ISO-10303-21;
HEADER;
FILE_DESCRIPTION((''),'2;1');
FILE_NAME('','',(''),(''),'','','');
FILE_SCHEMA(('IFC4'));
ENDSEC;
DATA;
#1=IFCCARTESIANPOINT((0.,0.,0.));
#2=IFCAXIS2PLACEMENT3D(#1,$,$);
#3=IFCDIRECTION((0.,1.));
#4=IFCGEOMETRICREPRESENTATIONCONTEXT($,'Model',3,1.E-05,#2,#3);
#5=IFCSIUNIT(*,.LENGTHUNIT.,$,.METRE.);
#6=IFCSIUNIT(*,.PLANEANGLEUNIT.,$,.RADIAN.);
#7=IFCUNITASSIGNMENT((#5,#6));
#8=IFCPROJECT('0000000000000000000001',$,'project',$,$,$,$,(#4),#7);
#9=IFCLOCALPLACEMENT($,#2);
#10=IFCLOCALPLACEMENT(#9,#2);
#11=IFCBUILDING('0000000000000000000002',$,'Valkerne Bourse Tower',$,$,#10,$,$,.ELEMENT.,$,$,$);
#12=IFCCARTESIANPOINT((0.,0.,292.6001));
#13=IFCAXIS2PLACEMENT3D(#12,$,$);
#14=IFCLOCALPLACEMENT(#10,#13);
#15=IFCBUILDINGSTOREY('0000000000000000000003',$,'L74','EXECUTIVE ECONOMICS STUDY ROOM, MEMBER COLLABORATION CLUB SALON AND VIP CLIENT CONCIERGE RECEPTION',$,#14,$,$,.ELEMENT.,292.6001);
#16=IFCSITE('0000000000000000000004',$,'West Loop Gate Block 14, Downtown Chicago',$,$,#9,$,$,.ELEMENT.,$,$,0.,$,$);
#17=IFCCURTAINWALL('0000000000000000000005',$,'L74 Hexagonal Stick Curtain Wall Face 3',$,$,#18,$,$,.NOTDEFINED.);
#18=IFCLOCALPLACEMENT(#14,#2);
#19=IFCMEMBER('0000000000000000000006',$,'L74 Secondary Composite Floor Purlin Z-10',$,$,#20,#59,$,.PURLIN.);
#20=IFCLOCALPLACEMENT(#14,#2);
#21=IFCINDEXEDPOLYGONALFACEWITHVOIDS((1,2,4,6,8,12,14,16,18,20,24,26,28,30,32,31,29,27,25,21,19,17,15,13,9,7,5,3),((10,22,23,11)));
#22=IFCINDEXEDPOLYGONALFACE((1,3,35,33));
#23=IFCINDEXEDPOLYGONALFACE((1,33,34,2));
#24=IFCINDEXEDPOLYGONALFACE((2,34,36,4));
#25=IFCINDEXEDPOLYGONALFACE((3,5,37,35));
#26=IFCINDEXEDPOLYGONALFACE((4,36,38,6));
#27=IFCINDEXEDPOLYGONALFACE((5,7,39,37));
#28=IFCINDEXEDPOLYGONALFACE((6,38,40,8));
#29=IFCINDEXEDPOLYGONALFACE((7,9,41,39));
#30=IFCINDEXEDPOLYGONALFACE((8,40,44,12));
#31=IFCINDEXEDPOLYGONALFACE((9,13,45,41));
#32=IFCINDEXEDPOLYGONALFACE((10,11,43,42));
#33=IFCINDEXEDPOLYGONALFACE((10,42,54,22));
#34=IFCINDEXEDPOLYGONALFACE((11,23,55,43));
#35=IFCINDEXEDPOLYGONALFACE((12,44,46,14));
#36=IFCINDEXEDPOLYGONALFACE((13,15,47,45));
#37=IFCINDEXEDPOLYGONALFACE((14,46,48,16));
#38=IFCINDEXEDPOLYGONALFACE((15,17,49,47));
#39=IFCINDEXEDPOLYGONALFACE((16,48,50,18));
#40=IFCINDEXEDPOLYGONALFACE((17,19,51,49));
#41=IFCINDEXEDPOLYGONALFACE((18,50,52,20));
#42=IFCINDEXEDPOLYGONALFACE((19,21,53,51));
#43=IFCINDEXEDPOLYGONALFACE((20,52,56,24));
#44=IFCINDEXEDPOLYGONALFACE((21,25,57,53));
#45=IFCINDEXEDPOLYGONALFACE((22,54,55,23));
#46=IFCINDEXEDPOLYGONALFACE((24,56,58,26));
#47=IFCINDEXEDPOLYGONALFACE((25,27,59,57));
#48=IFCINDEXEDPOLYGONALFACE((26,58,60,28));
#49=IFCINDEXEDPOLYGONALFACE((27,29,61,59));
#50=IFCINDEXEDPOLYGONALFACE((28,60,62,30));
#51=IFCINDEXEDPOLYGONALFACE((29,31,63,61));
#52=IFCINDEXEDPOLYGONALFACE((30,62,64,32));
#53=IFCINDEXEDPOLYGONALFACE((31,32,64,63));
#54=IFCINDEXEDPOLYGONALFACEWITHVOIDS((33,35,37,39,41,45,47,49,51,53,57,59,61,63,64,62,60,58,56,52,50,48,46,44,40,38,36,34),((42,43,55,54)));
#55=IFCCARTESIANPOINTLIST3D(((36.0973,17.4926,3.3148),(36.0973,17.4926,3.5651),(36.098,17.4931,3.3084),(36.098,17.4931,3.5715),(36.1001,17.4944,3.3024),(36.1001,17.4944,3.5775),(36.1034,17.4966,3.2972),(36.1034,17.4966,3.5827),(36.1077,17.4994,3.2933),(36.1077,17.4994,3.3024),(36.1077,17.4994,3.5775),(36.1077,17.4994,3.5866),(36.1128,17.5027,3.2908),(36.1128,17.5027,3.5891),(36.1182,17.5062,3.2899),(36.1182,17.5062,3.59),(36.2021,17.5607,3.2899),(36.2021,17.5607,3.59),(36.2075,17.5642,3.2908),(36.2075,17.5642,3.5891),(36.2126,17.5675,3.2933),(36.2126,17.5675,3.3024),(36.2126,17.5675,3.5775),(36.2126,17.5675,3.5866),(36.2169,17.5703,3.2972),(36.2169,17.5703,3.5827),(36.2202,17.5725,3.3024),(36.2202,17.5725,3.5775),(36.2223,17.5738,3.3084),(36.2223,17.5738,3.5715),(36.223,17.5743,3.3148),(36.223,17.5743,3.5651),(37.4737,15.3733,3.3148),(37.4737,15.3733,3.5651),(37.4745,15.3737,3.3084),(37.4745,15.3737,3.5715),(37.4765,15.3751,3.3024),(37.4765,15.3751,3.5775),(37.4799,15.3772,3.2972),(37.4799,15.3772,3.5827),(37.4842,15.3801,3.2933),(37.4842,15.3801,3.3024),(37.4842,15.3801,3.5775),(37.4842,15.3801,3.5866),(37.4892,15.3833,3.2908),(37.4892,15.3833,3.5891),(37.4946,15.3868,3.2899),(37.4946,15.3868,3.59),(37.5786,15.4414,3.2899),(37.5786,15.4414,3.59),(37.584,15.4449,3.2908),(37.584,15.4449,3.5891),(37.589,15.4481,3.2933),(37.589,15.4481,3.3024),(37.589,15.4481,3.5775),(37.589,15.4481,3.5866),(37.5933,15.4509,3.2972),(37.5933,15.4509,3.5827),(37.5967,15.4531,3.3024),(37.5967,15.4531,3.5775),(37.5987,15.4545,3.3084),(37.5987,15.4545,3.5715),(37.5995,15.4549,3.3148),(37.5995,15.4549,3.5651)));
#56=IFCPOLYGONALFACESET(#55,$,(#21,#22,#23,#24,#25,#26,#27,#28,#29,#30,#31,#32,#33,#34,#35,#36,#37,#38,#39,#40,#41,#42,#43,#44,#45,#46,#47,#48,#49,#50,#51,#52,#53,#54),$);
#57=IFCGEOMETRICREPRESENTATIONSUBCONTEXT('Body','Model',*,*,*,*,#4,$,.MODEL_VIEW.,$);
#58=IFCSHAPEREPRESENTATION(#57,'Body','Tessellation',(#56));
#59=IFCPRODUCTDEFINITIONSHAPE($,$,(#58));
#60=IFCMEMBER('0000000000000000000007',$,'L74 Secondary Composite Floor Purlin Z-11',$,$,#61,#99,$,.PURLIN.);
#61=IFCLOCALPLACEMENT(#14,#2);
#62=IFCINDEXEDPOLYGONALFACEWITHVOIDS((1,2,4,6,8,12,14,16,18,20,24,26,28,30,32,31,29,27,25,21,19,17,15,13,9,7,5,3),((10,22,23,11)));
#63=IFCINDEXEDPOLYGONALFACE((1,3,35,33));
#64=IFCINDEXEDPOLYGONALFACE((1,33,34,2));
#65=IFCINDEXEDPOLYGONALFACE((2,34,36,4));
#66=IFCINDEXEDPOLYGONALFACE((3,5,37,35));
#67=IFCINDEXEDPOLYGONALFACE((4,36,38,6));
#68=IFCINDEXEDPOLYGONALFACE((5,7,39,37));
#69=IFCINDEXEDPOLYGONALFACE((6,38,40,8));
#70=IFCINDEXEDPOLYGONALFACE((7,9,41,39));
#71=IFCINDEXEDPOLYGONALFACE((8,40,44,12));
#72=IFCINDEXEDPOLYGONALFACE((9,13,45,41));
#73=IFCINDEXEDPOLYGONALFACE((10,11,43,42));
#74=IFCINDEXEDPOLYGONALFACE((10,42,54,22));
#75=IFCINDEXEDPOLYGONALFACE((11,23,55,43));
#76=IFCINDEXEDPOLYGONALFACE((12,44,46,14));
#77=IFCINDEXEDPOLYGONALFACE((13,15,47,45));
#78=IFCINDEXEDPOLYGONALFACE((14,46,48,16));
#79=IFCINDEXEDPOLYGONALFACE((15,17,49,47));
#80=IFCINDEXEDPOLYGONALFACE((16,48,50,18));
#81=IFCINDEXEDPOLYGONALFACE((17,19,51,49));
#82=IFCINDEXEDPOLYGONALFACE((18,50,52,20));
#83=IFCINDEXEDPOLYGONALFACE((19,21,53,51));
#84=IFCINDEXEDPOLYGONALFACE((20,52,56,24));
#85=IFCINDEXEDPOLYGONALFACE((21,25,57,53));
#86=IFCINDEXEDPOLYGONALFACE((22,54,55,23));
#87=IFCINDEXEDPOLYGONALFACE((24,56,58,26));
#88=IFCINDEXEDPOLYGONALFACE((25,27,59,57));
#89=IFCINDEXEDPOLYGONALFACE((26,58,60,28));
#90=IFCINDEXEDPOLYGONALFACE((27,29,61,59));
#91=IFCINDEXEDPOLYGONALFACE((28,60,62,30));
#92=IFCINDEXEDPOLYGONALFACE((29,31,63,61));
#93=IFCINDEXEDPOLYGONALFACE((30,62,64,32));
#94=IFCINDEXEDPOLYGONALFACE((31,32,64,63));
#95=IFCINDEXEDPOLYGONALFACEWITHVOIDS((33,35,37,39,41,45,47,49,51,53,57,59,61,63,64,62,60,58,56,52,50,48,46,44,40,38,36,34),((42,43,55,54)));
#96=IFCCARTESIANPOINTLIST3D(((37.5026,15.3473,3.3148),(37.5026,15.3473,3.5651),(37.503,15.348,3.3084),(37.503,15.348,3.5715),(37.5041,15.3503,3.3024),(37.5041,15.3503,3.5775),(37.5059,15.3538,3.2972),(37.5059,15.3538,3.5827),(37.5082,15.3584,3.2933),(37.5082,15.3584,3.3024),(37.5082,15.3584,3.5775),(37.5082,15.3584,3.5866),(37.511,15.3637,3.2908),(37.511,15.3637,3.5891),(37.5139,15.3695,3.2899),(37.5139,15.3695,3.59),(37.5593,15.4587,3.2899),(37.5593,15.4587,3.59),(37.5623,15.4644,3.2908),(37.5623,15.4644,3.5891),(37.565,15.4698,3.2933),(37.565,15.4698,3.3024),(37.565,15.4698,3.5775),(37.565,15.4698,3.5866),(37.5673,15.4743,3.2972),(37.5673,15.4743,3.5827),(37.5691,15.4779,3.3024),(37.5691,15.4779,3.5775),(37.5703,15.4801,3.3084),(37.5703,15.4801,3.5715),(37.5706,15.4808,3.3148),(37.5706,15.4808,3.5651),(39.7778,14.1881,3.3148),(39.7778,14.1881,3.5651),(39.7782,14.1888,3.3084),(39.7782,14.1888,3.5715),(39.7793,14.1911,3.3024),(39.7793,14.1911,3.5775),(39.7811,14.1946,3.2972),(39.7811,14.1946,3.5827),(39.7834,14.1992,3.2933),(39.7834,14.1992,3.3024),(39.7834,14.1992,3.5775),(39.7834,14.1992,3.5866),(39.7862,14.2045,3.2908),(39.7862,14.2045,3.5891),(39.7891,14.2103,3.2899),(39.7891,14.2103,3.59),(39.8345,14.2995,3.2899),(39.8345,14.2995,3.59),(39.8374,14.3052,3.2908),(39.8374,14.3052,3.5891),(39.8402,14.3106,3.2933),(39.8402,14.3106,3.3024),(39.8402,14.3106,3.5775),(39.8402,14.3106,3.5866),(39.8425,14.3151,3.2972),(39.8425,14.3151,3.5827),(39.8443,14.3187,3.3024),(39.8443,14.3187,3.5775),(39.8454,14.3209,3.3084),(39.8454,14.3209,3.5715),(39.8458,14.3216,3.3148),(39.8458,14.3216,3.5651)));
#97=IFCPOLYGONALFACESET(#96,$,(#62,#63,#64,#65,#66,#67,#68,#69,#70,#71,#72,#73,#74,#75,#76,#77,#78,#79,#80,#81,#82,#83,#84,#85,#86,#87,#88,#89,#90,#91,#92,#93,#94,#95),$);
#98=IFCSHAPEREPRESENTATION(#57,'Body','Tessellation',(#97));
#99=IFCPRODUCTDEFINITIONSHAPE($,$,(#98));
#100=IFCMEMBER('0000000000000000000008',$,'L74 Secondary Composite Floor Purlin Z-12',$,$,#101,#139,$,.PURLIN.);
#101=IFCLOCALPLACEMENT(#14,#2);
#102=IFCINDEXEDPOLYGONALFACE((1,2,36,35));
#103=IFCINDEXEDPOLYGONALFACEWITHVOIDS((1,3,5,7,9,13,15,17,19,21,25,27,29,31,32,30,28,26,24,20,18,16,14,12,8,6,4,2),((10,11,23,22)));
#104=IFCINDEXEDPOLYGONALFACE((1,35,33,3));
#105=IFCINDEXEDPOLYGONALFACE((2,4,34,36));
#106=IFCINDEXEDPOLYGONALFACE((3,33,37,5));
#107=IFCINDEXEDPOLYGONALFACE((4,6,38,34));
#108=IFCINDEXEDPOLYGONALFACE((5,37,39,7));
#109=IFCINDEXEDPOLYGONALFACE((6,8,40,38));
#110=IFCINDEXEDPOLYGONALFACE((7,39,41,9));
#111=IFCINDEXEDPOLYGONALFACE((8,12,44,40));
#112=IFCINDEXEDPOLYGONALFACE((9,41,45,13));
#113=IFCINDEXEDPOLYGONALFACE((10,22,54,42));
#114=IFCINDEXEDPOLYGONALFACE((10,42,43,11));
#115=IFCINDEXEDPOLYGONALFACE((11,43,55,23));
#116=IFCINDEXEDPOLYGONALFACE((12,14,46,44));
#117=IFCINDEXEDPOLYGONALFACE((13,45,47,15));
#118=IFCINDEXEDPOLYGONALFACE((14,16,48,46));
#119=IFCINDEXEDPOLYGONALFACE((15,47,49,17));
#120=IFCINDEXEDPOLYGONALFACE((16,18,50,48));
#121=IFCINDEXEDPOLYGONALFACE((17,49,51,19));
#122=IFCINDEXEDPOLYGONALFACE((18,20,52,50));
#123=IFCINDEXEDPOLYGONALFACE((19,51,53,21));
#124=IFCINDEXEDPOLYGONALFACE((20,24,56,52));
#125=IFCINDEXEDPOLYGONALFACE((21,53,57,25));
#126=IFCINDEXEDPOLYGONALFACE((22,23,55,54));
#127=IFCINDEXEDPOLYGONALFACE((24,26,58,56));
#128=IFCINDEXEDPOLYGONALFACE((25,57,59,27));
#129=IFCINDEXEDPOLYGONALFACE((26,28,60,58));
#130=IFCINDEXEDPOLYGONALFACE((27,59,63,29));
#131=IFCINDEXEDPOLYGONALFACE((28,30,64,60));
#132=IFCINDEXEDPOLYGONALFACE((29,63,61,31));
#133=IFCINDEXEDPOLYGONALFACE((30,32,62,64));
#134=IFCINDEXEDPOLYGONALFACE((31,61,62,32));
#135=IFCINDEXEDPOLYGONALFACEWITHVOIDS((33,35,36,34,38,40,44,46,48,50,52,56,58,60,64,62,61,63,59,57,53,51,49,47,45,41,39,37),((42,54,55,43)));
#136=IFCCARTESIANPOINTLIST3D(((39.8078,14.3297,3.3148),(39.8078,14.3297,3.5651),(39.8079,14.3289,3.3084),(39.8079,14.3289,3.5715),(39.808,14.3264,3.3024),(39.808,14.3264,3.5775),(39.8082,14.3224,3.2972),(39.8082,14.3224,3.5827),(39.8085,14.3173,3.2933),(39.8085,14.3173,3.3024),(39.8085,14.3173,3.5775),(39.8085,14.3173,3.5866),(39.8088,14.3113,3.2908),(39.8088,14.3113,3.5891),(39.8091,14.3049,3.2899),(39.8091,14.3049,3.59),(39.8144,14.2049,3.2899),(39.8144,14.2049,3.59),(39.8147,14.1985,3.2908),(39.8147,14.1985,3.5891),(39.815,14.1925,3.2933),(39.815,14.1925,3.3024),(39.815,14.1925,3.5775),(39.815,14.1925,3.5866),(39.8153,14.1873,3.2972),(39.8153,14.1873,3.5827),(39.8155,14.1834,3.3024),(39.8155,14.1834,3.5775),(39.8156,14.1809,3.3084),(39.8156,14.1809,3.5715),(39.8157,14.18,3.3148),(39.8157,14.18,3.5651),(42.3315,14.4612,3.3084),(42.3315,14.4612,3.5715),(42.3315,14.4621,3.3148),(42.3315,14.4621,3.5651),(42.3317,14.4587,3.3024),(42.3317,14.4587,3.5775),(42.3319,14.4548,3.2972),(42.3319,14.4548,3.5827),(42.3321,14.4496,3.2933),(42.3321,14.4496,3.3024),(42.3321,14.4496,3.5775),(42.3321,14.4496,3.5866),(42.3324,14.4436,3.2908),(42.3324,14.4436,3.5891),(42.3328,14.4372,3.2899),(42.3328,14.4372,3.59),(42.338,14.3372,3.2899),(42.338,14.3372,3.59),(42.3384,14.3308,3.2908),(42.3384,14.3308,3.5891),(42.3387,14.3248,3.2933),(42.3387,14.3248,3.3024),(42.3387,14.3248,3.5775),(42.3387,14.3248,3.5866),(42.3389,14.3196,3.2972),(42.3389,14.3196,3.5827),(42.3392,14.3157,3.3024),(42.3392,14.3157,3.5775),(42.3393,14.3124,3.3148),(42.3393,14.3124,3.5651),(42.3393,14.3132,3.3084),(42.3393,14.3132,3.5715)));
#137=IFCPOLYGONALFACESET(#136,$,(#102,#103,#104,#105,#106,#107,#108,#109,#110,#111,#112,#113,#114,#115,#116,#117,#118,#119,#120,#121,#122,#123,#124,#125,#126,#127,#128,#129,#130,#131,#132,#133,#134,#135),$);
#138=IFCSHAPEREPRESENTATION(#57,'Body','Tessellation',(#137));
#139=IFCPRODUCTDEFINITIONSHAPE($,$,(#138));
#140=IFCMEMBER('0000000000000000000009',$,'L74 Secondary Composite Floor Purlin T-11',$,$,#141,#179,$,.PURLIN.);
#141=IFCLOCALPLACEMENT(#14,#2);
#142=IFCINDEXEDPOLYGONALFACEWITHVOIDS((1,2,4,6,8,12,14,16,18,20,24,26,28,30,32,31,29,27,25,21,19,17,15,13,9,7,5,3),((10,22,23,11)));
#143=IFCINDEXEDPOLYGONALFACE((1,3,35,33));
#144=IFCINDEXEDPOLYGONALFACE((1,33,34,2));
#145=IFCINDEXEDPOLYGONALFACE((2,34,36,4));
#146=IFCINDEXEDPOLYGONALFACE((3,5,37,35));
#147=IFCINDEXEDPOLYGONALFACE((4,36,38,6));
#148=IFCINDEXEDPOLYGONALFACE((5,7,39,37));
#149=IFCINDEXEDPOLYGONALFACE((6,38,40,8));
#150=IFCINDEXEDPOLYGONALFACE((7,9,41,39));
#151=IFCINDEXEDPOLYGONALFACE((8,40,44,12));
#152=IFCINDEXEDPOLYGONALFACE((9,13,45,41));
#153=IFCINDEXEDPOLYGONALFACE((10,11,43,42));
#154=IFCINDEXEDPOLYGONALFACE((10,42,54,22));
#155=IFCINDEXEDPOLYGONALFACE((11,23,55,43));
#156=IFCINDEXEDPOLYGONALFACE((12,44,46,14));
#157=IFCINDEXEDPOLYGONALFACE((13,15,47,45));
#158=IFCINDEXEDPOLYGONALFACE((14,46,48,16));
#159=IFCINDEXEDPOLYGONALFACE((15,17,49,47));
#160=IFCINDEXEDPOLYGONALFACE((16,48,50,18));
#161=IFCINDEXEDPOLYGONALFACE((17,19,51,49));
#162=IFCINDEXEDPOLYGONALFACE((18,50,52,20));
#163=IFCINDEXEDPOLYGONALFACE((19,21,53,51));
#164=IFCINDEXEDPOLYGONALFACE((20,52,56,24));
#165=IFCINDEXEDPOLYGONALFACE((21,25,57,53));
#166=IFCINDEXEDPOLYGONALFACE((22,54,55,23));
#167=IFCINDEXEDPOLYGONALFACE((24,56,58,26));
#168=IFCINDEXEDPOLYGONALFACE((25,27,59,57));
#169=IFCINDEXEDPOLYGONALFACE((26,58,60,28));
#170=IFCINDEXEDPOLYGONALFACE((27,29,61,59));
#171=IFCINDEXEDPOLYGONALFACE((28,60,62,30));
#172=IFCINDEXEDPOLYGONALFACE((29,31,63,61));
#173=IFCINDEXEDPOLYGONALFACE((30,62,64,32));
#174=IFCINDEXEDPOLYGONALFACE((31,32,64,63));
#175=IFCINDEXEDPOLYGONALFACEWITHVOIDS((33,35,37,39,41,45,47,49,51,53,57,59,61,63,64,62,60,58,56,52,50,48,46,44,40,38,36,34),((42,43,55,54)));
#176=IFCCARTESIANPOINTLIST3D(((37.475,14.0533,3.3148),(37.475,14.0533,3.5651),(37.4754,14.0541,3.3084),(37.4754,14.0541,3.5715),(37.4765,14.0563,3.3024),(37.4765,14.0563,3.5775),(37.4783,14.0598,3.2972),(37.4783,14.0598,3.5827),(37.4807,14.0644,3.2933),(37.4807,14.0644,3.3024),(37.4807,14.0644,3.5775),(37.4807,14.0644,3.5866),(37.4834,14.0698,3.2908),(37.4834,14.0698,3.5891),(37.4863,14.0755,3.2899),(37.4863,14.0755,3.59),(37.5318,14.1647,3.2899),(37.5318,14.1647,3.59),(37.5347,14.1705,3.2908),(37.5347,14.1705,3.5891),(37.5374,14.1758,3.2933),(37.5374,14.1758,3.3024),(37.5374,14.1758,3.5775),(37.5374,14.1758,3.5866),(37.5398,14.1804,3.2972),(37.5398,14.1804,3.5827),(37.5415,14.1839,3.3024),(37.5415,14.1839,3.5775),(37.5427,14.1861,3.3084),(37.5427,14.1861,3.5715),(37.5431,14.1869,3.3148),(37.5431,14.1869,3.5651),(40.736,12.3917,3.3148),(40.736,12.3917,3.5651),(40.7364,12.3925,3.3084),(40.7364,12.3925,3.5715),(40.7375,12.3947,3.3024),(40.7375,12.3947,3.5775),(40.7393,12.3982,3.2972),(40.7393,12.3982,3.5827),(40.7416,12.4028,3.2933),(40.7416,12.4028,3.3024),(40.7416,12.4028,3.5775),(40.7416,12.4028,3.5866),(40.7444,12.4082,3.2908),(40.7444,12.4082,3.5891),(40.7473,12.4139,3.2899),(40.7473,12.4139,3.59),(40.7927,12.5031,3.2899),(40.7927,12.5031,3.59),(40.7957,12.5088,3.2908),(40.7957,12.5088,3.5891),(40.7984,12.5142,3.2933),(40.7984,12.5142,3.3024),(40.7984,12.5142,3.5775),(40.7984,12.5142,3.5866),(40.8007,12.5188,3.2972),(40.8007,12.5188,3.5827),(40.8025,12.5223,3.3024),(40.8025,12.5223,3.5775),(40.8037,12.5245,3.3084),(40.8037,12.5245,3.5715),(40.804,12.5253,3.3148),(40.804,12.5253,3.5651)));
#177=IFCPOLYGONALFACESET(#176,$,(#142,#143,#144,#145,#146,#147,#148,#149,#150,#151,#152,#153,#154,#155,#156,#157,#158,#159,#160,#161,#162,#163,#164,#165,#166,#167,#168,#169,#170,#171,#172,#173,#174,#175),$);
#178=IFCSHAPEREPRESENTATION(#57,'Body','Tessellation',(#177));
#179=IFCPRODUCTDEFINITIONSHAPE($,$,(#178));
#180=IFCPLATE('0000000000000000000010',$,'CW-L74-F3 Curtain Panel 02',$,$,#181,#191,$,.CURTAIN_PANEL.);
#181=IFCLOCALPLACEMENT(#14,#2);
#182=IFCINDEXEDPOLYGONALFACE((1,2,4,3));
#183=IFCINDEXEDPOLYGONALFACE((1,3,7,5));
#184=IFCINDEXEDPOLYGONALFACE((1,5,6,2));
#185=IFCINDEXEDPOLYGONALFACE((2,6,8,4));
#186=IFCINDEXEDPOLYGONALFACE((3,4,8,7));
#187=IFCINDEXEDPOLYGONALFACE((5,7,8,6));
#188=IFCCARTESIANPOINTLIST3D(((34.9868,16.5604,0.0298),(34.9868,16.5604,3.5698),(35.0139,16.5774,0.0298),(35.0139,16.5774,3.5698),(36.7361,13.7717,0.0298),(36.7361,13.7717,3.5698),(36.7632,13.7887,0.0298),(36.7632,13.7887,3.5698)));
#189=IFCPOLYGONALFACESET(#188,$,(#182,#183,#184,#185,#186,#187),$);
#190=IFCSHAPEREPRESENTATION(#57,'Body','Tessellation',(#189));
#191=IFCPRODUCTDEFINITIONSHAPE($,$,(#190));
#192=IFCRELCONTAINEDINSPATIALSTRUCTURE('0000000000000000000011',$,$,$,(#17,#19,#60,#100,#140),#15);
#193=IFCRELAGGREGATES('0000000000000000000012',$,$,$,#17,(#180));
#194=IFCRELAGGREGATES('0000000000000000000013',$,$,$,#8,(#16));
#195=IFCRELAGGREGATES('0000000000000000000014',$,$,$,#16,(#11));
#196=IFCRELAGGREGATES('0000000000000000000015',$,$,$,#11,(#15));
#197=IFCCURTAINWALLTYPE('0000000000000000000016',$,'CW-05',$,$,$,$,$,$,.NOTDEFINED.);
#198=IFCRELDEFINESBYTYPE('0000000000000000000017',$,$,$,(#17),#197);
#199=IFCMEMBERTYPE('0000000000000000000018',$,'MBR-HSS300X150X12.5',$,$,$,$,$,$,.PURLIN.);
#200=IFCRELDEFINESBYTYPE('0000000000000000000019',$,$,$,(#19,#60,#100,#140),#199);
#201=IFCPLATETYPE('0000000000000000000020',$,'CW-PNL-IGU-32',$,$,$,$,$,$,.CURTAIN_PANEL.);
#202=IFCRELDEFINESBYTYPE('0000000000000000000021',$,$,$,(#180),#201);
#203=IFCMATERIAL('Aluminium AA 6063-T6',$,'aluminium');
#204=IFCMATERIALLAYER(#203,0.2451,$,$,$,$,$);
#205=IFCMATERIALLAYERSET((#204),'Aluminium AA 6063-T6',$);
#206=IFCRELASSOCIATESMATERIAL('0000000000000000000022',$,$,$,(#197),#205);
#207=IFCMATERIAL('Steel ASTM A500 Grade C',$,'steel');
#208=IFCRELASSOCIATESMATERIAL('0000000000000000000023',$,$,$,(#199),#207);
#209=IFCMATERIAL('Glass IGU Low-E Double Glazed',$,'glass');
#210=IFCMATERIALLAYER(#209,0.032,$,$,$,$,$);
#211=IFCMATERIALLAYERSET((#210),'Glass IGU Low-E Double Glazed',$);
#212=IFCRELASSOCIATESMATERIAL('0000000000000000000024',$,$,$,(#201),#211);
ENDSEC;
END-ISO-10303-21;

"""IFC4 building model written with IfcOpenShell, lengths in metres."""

from ifc_helpers import new_model, si_unit, direction, frame, origin, origin_2d, place, context, subcontext, project, spatial, rectangle, hollow_rectangle, extrude, material, layer, layer_set, material_profile, profile_set, type_object, element, aggregate, save


model = new_model("IFC4")

# Units and contexts
model_context = context("Model", 3, precision=1e-05, world=origin(), true_north=direction((0.0, 1.0)))
body_context = subcontext(model_context, "Body", "Model", "MODEL_VIEW")
ifc_project = project(units=[si_unit("LENGTHUNIT", "METRE"), si_unit("PLANEANGLEUNIT", "RADIAN")], contexts=[model_context])

# Site, building, storey
site_placement = place(None, origin())
site = spatial("IfcSite", under=ifc_project, at=site_placement, Name="West Loop Gate Block 14, Downtown Chicago", CompositionType="ELEMENT", RefElevation=0.0)
building_placement = place(site_placement, origin())
building = spatial("IfcBuilding", under=site, at=building_placement, Name="Valkerne Bourse Tower", CompositionType="ELEMENT")
storey_placement = place(building_placement, frame((0.0, 0.0, 292.6001)))
storey = spatial("IfcBuildingStorey", under=building, at=storey_placement, Name="L74", Description="EXECUTIVE ECONOMICS STUDY ROOM, MEMBER COLLABORATION CLUB SALON AND VIP CLIENT CONCIERGE RECEPTION", CompositionType="ELEMENT", Elevation=292.6001)

# Curtain wall
ifc_material_1 = material(Name="Aluminium AA 6063-T6", Category="aluminium")
ifc_layer_1 = layer(ifc_material_1, 0.2451)
ifc_layer_set_1 = layer_set([ifc_layer_1], Name="Aluminium AA 6063-T6")
curtain_wall_type = type_object("IfcCurtainWallType", Name="CW-05", PredefinedType="NOTDEFINED", material=ifc_layer_set_1)
curtain_wall_placement = place(storey_placement, origin())
curtain_wall = element("IfcCurtainWall", 1, at=curtain_wall_placement, inside=storey, type_object=curtain_wall_type, Name="L74 Hexagonal Stick Curtain Wall Face 3", PredefinedType="NOTDEFINED")

# Members
ifc_material_2 = material(Name="Steel ASTM A500 Grade C", Category="steel")
ifc_material_profile_1 = material_profile(ifc_material_2, hollow_rectangle(XDim=0.1499, YDim=0.3, WallThickness=0.0125, OuterFilletRadius=0.0249, at=origin_2d()), Name="HSS300X150X12.5")
ifc_profile_set_1 = profile_set([ifc_material_profile_1], Name="Steel ASTM A500 Grade C")
member_type_1 = type_object("IfcMemberType", Name="MBR-HSS300X150X12.5", PredefinedType="PURLIN", material=ifc_profile_set_1)
member_1_placement = place(storey_placement, frame((36.1602, 17.5334, 3.4399), z_axis=(0.544673, -0.838649, 0.0), x_axis=(0.838649, 0.544673, 0.0)))
element("IfcMember", 2, at=member_1_placement, inside=storey, type_object=member_type_1, Name="L74 Secondary Composite Floor Purlin Z-10", PredefinedType="PURLIN", context=body_context, shape_type="SweptSolid", body=[
    extrude(hollow_rectangle(XDim=0.1499, YDim=0.3, WallThickness=0.0125, OuterFilletRadius=0.0249, at=origin_2d()), origin(), (0.0, 0.0, 1.0), 2.5271),
])
member_2_placement = place(storey_placement, frame((37.5366, 15.4141, 3.4399), z_axis=(0.891017, -0.45397, 0.0), x_axis=(0.45397, 0.891017, 0.0)))
element("IfcMember", 3, at=member_2_placement, inside=storey, type_object=member_type_1, Name="L74 Secondary Composite Floor Purlin Z-11", PredefinedType="PURLIN", context=body_context, shape_type="SweptSolid", body=[
    extrude(hollow_rectangle(XDim=0.1499, YDim=0.3, WallThickness=0.0125, OuterFilletRadius=0.0249, at=origin_2d()), origin(), (0.0, 0.0, 1.0), 2.5535),
])
member_3_placement = place(storey_placement, frame((39.8118, 14.2549, 3.4399), z_axis=(0.998628, 0.052361, 0.0), x_axis=(-0.052361, 0.998628, 0.0)))
element("IfcMember", 4, at=member_3_placement, inside=storey, type_object=member_type_1, Name="L74 Secondary Composite Floor Purlin Z-12", PredefinedType="PURLIN", context=body_context, shape_type="SweptSolid", body=[
    extrude(hollow_rectangle(XDim=0.1499, YDim=0.3, WallThickness=0.0125, OuterFilletRadius=0.0249, at=origin_2d()), origin(), (0.0, 0.0, 1.0), 2.5271),
])
member_4_placement = place(storey_placement, frame((37.509, 14.1201, 3.4399), z_axis=(0.890999, -0.454005, 0.0), x_axis=(0.454005, 0.890999, 0.0)))
element("IfcMember", 5, at=member_4_placement, inside=storey, type_object=member_type_1, Name="L74 Secondary Composite Floor Purlin T-11", PredefinedType="PURLIN", context=body_context, shape_type="SweptSolid", body=[
    extrude(hollow_rectangle(XDim=0.1499, YDim=0.3, WallThickness=0.0125, OuterFilletRadius=0.0249, at=origin_2d()), origin(), (0.0, 0.0, 1.0), 3.6599),
])

# Plate
ifc_material_3 = material(Name="Glass IGU Low-E Double Glazed", Category="glass")
ifc_layer_2 = layer(ifc_material_3, 0.032)
ifc_layer_set_2 = layer_set([ifc_layer_2], Name="Glass IGU Low-E Double Glazed")
plate_type = type_object("IfcPlateType", Name="CW-PNL-IGU-32", PredefinedType="CURTAIN_PANEL", material=ifc_layer_set_2)
plate_placement = place(storey_placement, frame((35.875, 15.1746, 0.0298), z_axis=(0.0, 0.0, 1.0), x_axis=(0.531405, -0.847118, 0.0)))
plate = element("IfcPlate", 6, at=plate_placement, type_object=plate_type, Name="CW-L74-F3 Curtain Panel 02", PredefinedType="CURTAIN_PANEL", context=body_context, shape_type="SweptSolid", body=[
    extrude(rectangle(XDim=3.292, YDim=0.032, at=origin_2d()), origin(), (0.0, 0.0, 1.0), 3.54),
])
aggregate(curtain_wall, [plate])

save(model, "model.ifc")
